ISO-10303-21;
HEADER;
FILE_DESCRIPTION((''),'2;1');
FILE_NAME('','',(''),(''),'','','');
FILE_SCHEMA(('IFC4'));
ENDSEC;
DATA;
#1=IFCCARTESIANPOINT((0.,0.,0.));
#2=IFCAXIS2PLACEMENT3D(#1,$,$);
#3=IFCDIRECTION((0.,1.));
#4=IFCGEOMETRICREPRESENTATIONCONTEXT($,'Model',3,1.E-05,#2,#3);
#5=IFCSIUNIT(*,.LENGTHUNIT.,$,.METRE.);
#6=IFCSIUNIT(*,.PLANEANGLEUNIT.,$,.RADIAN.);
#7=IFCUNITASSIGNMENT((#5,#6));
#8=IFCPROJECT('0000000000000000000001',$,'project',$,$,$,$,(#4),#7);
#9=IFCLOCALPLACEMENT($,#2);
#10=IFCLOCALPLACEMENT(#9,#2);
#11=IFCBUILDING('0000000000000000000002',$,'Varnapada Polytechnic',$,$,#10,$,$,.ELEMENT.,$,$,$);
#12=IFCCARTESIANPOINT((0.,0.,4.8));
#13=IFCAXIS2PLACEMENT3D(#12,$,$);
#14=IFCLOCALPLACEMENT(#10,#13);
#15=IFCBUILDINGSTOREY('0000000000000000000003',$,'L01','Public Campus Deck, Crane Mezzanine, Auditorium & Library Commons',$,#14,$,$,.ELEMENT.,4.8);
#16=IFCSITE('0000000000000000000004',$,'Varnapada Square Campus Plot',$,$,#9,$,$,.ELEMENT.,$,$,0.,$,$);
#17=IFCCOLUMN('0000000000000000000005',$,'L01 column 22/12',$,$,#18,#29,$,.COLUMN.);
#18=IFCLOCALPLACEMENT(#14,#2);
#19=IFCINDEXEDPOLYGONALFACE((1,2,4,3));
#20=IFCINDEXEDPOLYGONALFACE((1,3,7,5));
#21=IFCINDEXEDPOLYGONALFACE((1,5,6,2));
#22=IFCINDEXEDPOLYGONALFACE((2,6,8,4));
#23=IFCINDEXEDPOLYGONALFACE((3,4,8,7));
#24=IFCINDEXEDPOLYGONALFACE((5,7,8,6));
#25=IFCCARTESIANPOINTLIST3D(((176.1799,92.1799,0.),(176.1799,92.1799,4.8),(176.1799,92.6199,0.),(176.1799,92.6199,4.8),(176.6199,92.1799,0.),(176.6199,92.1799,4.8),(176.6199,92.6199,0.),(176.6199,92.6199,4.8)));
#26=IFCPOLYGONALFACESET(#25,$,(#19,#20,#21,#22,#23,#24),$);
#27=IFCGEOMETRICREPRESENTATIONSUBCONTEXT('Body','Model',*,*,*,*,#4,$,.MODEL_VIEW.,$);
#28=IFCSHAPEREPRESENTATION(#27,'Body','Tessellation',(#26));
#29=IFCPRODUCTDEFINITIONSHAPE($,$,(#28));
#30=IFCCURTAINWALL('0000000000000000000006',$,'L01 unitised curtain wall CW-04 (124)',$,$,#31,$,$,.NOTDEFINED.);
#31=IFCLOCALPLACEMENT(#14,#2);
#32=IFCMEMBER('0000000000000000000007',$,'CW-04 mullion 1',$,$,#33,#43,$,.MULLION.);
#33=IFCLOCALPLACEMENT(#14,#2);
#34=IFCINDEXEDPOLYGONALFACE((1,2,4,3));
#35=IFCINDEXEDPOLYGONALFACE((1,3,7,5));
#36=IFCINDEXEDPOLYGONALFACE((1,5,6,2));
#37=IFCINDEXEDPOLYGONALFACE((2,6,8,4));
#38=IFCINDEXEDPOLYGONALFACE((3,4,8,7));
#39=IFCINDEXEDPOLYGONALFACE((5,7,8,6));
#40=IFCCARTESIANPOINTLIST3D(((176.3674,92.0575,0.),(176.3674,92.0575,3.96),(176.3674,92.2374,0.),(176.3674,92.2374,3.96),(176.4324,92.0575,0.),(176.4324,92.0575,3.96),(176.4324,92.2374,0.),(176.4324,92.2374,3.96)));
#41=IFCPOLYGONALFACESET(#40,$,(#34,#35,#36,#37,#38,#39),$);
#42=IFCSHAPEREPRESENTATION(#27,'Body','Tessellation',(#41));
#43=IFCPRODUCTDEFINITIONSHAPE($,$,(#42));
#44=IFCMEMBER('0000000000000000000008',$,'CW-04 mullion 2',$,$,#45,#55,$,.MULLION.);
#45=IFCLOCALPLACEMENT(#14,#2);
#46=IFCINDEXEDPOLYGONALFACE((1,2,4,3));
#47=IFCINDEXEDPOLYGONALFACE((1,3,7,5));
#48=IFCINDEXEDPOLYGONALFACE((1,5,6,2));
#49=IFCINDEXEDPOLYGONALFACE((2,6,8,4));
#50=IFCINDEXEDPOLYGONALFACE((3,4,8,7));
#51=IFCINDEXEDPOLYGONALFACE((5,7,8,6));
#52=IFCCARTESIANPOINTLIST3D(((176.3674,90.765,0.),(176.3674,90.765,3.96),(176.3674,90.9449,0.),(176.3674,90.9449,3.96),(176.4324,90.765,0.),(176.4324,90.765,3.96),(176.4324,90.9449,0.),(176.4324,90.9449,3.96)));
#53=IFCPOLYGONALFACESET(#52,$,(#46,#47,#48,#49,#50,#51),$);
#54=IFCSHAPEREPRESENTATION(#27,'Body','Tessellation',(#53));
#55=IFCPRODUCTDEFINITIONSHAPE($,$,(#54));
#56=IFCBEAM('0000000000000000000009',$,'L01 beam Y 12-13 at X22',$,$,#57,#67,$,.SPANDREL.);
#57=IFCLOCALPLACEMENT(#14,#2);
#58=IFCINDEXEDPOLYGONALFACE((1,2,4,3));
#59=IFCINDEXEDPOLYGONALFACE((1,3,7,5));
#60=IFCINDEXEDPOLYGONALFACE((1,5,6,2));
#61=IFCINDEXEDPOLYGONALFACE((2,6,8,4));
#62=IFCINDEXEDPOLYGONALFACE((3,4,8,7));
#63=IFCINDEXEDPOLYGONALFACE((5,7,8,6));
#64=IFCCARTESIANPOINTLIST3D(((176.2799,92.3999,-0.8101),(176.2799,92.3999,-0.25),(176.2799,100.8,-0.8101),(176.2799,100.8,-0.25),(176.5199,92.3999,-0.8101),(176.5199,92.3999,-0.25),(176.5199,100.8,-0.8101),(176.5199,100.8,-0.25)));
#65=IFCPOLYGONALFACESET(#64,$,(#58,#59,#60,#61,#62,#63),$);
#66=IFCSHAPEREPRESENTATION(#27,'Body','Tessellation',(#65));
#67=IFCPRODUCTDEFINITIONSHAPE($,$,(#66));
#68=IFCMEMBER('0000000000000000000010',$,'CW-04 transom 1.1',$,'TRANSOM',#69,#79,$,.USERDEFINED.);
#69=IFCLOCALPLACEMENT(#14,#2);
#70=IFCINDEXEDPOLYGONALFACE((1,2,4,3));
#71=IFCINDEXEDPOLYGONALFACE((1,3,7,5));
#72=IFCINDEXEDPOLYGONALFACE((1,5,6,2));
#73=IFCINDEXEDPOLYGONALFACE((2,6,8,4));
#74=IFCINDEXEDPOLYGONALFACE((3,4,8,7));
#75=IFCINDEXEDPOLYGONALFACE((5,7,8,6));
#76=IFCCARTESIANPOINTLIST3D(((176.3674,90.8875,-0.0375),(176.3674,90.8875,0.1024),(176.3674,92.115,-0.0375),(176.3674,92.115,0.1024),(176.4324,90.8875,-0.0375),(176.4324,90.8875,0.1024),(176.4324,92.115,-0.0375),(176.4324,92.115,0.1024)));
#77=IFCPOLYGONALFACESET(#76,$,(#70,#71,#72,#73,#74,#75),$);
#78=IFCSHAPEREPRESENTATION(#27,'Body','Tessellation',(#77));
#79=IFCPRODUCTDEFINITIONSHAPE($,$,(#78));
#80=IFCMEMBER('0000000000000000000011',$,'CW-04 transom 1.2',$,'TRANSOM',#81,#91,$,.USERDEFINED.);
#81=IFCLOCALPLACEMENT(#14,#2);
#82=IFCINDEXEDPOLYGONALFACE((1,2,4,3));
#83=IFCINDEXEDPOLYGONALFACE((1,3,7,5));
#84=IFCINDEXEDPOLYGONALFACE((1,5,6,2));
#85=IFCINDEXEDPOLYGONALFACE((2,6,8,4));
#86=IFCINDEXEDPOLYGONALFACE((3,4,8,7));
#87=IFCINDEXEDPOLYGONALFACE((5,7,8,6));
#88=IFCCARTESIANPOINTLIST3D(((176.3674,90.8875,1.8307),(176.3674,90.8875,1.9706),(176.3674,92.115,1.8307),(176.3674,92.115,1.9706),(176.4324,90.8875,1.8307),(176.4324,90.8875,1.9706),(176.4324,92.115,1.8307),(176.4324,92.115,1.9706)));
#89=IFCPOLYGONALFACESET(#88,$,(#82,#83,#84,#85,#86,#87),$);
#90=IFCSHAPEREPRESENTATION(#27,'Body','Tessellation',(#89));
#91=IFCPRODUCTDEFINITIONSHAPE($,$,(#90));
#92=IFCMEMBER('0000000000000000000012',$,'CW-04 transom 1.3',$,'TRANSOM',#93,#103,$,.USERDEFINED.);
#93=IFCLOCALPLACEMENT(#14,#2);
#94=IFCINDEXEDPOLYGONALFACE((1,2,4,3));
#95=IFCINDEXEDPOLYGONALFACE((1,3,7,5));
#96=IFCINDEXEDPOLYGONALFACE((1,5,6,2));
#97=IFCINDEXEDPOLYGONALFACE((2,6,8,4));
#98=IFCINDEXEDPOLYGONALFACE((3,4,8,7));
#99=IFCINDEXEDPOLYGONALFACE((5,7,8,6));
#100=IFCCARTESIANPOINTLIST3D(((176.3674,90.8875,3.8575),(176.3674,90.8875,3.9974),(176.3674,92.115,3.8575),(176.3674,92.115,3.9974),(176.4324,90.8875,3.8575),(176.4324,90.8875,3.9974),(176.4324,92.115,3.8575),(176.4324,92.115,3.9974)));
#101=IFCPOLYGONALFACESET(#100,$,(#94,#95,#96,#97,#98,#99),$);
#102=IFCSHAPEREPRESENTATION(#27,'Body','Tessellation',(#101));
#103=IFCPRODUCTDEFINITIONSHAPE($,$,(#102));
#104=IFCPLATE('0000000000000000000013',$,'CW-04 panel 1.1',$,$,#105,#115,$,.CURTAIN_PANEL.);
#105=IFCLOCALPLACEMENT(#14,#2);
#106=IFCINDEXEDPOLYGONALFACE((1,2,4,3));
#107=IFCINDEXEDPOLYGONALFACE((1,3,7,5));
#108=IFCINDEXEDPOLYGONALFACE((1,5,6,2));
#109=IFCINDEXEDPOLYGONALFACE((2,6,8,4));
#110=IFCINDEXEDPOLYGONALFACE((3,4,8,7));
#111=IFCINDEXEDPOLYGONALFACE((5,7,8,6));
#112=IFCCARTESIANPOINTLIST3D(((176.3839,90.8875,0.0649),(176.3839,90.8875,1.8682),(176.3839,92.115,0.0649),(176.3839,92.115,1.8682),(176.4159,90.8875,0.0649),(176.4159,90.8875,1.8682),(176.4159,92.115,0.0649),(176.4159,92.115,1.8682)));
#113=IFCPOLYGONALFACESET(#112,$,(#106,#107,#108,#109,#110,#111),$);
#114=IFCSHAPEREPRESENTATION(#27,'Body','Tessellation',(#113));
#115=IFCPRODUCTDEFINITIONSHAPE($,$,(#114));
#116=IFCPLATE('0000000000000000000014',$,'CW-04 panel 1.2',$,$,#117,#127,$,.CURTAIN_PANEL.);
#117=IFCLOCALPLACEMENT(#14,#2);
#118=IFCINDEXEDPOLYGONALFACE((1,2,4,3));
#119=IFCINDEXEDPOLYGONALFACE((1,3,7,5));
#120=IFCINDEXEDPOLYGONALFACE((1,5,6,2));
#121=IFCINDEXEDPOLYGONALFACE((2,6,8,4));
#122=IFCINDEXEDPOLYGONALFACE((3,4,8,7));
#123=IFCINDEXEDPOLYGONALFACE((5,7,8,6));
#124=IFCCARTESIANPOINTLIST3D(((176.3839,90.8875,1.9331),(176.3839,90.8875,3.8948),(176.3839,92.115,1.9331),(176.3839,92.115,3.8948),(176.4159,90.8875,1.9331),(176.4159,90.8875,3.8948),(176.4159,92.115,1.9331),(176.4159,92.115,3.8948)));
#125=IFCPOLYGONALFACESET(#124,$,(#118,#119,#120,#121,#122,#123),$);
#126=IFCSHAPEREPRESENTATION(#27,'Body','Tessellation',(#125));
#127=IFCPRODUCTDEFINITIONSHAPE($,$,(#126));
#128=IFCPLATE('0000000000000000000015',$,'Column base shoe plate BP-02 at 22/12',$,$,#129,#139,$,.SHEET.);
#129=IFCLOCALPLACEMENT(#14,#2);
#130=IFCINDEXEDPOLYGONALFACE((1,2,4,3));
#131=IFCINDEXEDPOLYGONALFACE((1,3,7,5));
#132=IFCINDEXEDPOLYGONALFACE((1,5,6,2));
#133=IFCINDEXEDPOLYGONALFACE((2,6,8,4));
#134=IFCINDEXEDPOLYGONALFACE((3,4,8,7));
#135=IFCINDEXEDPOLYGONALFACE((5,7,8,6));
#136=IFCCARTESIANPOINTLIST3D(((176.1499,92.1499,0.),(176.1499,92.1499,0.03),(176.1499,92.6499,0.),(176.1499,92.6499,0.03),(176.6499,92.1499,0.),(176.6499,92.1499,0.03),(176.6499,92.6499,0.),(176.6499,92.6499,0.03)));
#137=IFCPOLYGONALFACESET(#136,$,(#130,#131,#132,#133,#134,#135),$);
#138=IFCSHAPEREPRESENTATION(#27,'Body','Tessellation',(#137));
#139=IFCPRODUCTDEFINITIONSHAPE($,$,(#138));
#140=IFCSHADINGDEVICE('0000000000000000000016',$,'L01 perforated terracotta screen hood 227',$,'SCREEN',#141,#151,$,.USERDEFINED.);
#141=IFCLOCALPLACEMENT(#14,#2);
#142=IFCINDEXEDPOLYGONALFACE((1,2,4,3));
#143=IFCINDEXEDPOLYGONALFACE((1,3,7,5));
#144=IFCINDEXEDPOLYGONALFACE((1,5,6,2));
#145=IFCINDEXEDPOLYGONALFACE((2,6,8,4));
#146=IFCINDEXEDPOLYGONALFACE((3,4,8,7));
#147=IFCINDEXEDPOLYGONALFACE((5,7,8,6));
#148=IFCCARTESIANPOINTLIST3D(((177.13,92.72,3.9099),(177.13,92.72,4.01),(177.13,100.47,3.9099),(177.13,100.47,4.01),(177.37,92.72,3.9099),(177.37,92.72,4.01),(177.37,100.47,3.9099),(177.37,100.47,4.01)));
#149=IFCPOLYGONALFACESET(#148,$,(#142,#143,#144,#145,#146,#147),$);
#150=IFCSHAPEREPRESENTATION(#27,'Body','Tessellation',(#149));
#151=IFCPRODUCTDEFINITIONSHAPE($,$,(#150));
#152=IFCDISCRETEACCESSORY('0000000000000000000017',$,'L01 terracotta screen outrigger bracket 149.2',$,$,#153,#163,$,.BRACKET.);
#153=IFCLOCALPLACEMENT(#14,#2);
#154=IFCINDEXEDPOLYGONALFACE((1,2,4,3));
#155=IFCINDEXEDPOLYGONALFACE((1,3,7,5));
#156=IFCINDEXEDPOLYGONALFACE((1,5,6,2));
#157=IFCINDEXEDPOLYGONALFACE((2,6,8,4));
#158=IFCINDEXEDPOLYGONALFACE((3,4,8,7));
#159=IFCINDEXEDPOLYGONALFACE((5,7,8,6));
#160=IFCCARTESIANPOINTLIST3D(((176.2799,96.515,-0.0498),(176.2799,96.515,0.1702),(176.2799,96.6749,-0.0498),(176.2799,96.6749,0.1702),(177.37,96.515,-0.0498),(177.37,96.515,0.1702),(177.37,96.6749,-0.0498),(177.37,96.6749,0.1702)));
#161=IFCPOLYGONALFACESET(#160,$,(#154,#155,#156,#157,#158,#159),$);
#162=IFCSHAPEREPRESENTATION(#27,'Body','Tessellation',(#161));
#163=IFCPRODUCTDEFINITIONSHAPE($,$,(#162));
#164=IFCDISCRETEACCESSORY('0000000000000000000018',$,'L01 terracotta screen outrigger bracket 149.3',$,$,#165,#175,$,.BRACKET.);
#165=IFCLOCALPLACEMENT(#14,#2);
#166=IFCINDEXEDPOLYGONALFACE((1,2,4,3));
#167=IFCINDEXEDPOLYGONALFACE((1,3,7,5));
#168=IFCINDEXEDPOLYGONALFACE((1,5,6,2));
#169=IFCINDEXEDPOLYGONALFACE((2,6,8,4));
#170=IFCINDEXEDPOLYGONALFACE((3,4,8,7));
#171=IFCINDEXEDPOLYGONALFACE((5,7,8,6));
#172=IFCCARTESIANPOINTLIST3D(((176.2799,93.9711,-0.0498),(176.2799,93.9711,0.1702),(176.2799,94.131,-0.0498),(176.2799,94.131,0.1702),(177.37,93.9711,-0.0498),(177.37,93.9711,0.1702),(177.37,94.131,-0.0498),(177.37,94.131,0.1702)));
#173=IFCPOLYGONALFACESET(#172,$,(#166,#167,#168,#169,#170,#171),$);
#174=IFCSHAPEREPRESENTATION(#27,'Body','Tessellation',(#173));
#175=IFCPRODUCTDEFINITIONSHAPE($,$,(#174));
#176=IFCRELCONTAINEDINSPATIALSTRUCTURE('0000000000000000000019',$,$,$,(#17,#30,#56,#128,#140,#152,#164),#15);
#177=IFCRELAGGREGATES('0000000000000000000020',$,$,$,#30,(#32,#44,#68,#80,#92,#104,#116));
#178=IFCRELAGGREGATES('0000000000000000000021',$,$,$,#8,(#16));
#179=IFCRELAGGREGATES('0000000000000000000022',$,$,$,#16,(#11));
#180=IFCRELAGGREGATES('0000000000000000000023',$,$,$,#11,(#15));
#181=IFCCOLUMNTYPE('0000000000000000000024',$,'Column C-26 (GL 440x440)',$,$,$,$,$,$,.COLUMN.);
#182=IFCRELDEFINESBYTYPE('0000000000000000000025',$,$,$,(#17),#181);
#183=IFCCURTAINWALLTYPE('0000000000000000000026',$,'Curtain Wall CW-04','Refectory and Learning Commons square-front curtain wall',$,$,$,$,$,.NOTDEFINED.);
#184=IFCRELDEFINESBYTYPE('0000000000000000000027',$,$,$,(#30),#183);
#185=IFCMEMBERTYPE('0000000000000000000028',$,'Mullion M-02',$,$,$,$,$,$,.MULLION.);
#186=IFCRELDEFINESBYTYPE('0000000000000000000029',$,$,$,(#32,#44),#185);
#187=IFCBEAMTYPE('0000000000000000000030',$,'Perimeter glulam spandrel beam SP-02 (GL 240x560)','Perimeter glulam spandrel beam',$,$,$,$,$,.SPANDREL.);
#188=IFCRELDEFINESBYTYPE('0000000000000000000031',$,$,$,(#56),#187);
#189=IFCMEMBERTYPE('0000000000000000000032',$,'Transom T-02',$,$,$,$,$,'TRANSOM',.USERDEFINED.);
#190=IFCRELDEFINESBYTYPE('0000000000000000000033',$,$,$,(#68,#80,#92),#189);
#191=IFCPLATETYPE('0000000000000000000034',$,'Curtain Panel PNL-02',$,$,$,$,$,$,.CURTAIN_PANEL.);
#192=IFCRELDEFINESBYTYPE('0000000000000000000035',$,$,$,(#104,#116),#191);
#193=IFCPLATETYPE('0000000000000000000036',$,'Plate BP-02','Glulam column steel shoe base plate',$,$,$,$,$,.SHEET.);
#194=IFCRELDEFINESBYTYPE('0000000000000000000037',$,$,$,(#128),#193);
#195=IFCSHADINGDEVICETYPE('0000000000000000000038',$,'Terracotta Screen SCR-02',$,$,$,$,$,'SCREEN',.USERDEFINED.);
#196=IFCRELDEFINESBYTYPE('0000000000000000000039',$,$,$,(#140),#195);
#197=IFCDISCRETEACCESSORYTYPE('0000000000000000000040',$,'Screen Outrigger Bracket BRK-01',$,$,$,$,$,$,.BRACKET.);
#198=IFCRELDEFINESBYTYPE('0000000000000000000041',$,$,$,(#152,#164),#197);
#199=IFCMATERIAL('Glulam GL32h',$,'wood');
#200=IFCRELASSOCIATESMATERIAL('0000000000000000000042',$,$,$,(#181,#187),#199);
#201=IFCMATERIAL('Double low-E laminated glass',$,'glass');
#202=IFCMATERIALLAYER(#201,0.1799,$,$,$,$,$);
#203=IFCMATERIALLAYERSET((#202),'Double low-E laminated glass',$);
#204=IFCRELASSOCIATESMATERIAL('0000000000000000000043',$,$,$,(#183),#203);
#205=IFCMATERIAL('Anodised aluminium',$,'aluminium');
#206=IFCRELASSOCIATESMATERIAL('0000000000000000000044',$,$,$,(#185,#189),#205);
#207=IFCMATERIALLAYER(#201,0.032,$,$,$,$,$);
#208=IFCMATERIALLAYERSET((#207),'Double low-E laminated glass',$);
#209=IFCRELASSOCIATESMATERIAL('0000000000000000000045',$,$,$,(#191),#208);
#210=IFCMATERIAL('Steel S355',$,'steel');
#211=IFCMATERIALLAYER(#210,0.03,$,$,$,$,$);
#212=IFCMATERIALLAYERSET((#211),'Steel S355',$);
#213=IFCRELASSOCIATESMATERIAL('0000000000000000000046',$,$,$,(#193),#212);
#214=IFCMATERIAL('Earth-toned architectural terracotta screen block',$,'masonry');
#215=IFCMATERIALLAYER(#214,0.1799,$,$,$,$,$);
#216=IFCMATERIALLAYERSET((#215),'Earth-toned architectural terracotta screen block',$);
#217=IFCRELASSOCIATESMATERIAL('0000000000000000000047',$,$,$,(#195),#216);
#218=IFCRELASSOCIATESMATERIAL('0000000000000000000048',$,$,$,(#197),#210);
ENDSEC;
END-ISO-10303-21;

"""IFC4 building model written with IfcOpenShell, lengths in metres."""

from ifc_helpers import new_model, si_unit, direction, frame, origin, origin_2d, place, context, subcontext, project, spatial, rectangle, extrude, material, layer, layer_set, material_profile, profile_set, type_object, element, aggregate, save


model = new_model("IFC4")

# Units and contexts
model_context = context("Model", 3, precision=1e-05, world=origin(), true_north=direction((0.0, 1.0)))
body_context = subcontext(model_context, "Body", "Model", "MODEL_VIEW")
ifc_project = project(units=[si_unit("LENGTHUNIT", "METRE"), si_unit("PLANEANGLEUNIT", "RADIAN")], contexts=[model_context])

# Site, building, storey
site_placement = place(None, origin())
site = spatial("IfcSite", under=ifc_project, at=site_placement, Name="Varnapada Square Campus Plot", CompositionType="ELEMENT", RefElevation=0.0)
building_placement = place(site_placement, origin())
building = spatial("IfcBuilding", under=site, at=building_placement, Name="Varnapada Polytechnic", CompositionType="ELEMENT")
storey_placement = place(building_placement, frame((0.0, 0.0, 4.8)))
storey = spatial("IfcBuildingStorey", under=building, at=storey_placement, Name="L01", Description="Public Campus Deck, Crane Mezzanine, Auditorium & Library Commons", CompositionType="ELEMENT", Elevation=4.8)

# Column
ifc_material_1 = material(Name="Glulam GL32h", Category="wood")
ifc_material_profile_1 = material_profile(ifc_material_1, rectangle(XDim=0.4399, YDim=0.4399, at=origin_2d()), Name="GL 440x440")
ifc_profile_set_1 = profile_set([ifc_material_profile_1], Name="Glulam GL32h")
column_type = type_object("IfcColumnType", Name="Column C-26 (GL 440x440)", PredefinedType="COLUMN", material=ifc_profile_set_1)
column_placement = place(storey_placement, frame((176.3999, 92.3999, 0.0), z_axis=(0.0, 0.0, 1.0), x_axis=(1.0, 0.0, 0.0)))
element("IfcColumn", 1, at=column_placement, inside=storey, type_object=column_type, Name="L01 column 22/12", PredefinedType="COLUMN", context=body_context, shape_type="SweptSolid", body=[
    extrude(rectangle(XDim=0.4399, YDim=0.4399, at=origin_2d()), origin(), (0.0, 0.0, 1.0), 4.8),
])

# Curtain wall, members
ifc_material_2 = material(Name="Double low-E laminated glass", Category="glass")
ifc_layer_1 = layer(ifc_material_2, 0.1799)
ifc_layer_set_1 = layer_set([ifc_layer_1], Name="Double low-E laminated glass")
curtain_wall_type = type_object("IfcCurtainWallType", Name="Curtain Wall CW-04", Description="Refectory and Learning Commons square-front curtain wall", PredefinedType="NOTDEFINED", material=ifc_layer_set_1)
curtain_wall_placement = place(storey_placement, origin())
curtain_wall = element("IfcCurtainWall", 2, at=curtain_wall_placement, inside=storey, type_object=curtain_wall_type, Name="L01 unitised curtain wall CW-04 (124)", PredefinedType="NOTDEFINED")
ifc_material_3 = material(Name="Anodised aluminium", Category="aluminium")
ifc_material_profile_2 = material_profile(ifc_material_3, rectangle(XDim=0.0649, YDim=0.1799, at=origin_2d()), Name="ALU M65x180")
ifc_profile_set_2 = profile_set([ifc_material_profile_2], Name="Anodised aluminium")
member_type_1 = type_object("IfcMemberType", Name="Mullion M-02", PredefinedType="MULLION", material=ifc_profile_set_2)
member_1_placement = place(storey_placement, frame((176.3999, 92.1475, 0.0), z_axis=(0.0, 0.0, 1.0), x_axis=(1.0, 0.0, 0.0)))
member_1 = element("IfcMember", 3, at=member_1_placement, type_object=member_type_1, Name="CW-04 mullion 1", PredefinedType="MULLION", context=body_context, shape_type="SweptSolid", body=[
    extrude(rectangle(XDim=0.0649, YDim=0.1799, at=origin_2d()), origin(), (0.0, 0.0, 1.0), 3.96),
])
member_2_placement = place(storey_placement, frame((176.3999, 90.855, 0.0), z_axis=(0.0, 0.0, 1.0), x_axis=(1.0, 0.0, 0.0)))
member_2 = element("IfcMember", 4, at=member_2_placement, type_object=member_type_1, Name="CW-04 mullion 2", PredefinedType="MULLION", context=body_context, shape_type="SweptSolid", body=[
    extrude(rectangle(XDim=0.0649, YDim=0.1799, at=origin_2d()), origin(), (0.0, 0.0, 1.0), 3.96),
])

# Beam
ifc_material_profile_3 = material_profile(ifc_material_1, rectangle(XDim=0.24, YDim=0.5601, at=origin_2d()), Name="GL 240x560")
ifc_profile_set_3 = profile_set([ifc_material_profile_3], Name="Glulam GL32h")
beam_type = type_object("IfcBeamType", Name="Perimeter glulam spandrel beam SP-02 (GL 240x560)", Description="Perimeter glulam spandrel beam", PredefinedType="SPANDREL", material=ifc_profile_set_3)
beam_placement = place(storey_placement, frame((176.3999, 92.3999, -0.53), z_axis=(0.0, 1.0, 0.0), x_axis=(-1.0, 0.0, 0.0)))
element("IfcBeam", 5, at=beam_placement, inside=storey, type_object=beam_type, Name="L01 beam Y 12-13 at X22", PredefinedType="SPANDREL", context=body_context, shape_type="SweptSolid", body=[
    extrude(rectangle(XDim=0.24, YDim=0.5601, at=origin_2d()), origin(), (0.0, 0.0, 1.0), 8.4001),
])

# Members
ifc_material_profile_4 = material_profile(ifc_material_3, rectangle(XDim=0.0649, YDim=0.1399, at=origin_2d()), Name="ALU T65x140")
ifc_profile_set_4 = profile_set([ifc_material_profile_4], Name="Anodised aluminium")
member_type_2 = type_object("IfcMemberType", Name="Transom T-02", ElementType="TRANSOM", PredefinedType="USERDEFINED", material=ifc_profile_set_4)
member_3_placement = place(storey_placement, frame((176.3999, 92.115, 0.0325), z_axis=(0.0, -1.0, 0.0), x_axis=(1.0, 0.0, 0.0)))
member_3 = element("IfcMember", 6, at=member_3_placement, type_object=member_type_2, Name="CW-04 transom 1.1", ObjectType="TRANSOM", PredefinedType="USERDEFINED", context=body_context, shape_type="SweptSolid", body=[
    extrude(rectangle(XDim=0.0649, YDim=0.1399, at=origin_2d()), origin(), (0.0, 0.0, 1.0), 1.2275),
])
member_4_placement = place(storey_placement, frame((176.3999, 92.115, 1.9006), z_axis=(0.0, -1.0, 0.0), x_axis=(1.0, 0.0, 0.0)))
member_4 = element("IfcMember", 7, at=member_4_placement, type_object=member_type_2, Name="CW-04 transom 1.2", ObjectType="TRANSOM", PredefinedType="USERDEFINED", context=body_context, shape_type="SweptSolid", body=[
    extrude(rectangle(XDim=0.0649, YDim=0.1399, at=origin_2d()), origin(), (0.0, 0.0, 1.0), 1.2275),
])
member_5_placement = place(storey_placement, frame((176.3999, 92.115, 3.9275), z_axis=(0.0, -1.0, 0.0), x_axis=(1.0, 0.0, 0.0)))
member_5 = element("IfcMember", 8, at=member_5_placement, type_object=member_type_2, Name="CW-04 transom 1.3", ObjectType="TRANSOM", PredefinedType="USERDEFINED", context=body_context, shape_type="SweptSolid", body=[
    extrude(rectangle(XDim=0.0649, YDim=0.1399, at=origin_2d()), origin(), (0.0, 0.0, 1.0), 1.2275),
])

# Plates
ifc_layer_2 = layer(ifc_material_2, 0.032)
ifc_layer_set_2 = layer_set([ifc_layer_2], Name="Double low-E laminated glass")
plate_type_1 = type_object("IfcPlateType", Name="Curtain Panel PNL-02", PredefinedType="CURTAIN_PANEL", material=ifc_layer_set_2)
plate_1_placement = place(storey_placement, frame((176.3999, 91.5012, 0.0649), z_axis=(0.0, 0.0, 1.0), x_axis=(0.0, -1.0, 0.0)))
plate_1 = element("IfcPlate", 9, at=plate_1_placement, type_object=plate_type_1, Name="CW-04 panel 1.1", PredefinedType="CURTAIN_PANEL", context=body_context, shape_type="SweptSolid", body=[
    extrude(rectangle(XDim=1.2275, YDim=0.032, at=origin_2d()), origin(), (0.0, 0.0, 1.0), 1.8032),
])
plate_2_placement = place(storey_placement, frame((176.3999, 91.5012, 1.9331), z_axis=(0.0, 0.0, 1.0), x_axis=(0.0, -1.0, 0.0)))
plate_2 = element("IfcPlate", 10, at=plate_2_placement, type_object=plate_type_1, Name="CW-04 panel 1.2", PredefinedType="CURTAIN_PANEL", context=body_context, shape_type="SweptSolid", body=[
    extrude(rectangle(XDim=1.2275, YDim=0.032, at=origin_2d()), origin(), (0.0, 0.0, 1.0), 1.9617),
])
aggregate(curtain_wall, [member_1, member_2, member_3, member_4, member_5, plate_1, plate_2])
ifc_material_4 = material(Name="Steel S355", Category="steel")
ifc_layer_3 = layer(ifc_material_4, 0.03)
ifc_layer_set_3 = layer_set([ifc_layer_3], Name="Steel S355")
plate_type_2 = type_object("IfcPlateType", Name="Plate BP-02", Description="Glulam column steel shoe base plate", PredefinedType="SHEET", material=ifc_layer_set_3)
plate_3_placement = place(storey_placement, frame((176.3999, 92.3999, 0.0), z_axis=(0.0, 0.0, 1.0), x_axis=(1.0, 0.0, 0.0)))
element("IfcPlate", 11, at=plate_3_placement, inside=storey, type_object=plate_type_2, Name="Column base shoe plate BP-02 at 22/12", PredefinedType="SHEET", context=body_context, shape_type="SweptSolid", body=[
    extrude(rectangle(XDim=0.5, YDim=0.5, at=origin_2d()), origin(), (0.0, 0.0, 1.0), 0.03),
])

# Shared definitions
ifc_material_5 = material(Name="Earth-toned architectural terracotta screen block", Category="masonry")

# Shading device
ifc_layer_4 = layer(ifc_material_5, 0.1799)
ifc_layer_set_4 = layer_set([ifc_layer_4], Name="Earth-toned architectural terracotta screen block")
shading_device_type = type_object("IfcShadingDeviceType", Name="Terracotta Screen SCR-02", ElementType="SCREEN", PredefinedType="USERDEFINED", material=ifc_layer_set_4)
shading_device_placement = place(storey_placement, frame((177.25, 96.595, 3.9099), z_axis=(0.0, 0.0, 1.0), x_axis=(0.0, -1.0, 0.0)))
element("IfcShadingDevice", 12, at=shading_device_placement, inside=storey, type_object=shading_device_type, Name="L01 perforated terracotta screen hood 227", ObjectType="SCREEN", PredefinedType="USERDEFINED", context=body_context, shape_type="SweptSolid", body=[
    extrude(rectangle(XDim=7.75, YDim=0.24, at=origin_2d()), origin(), (0.0, 0.0, 1.0), 0.1001),
])

# Discrete accessories
discrete_accessory_type = type_object("IfcDiscreteAccessoryType", Name="Screen Outrigger Bracket BRK-01", PredefinedType="BRACKET", material=ifc_material_4)
for number, where, z_axis, x_axis, name in (
    (13, (176.825, 96.595, -0.0498), (0.0, 0.0, 1.0), (0.0, -1.0, 0.0), "L01 terracotta screen outrigger bracket 149.2"),
    (14, (176.825, 94.051, -0.0498), (0.0, 0.0, 1.0), (0.0, -1.0, 0.0), "L01 terracotta screen outrigger bracket 149.3"),
):
    element("IfcDiscreteAccessory", number, at=place(storey_placement, frame(where, z_axis=z_axis, x_axis=x_axis)), inside=storey, type_object=discrete_accessory_type, Name=name, PredefinedType="BRACKET", context=body_context, shape_type="SweptSolid", body=[
        extrude(rectangle(XDim=0.1599, YDim=1.0901, at=origin_2d()), origin(), (0.0, 0.0, 1.0), 0.22),
    ])

save(model, "model.ifc")
